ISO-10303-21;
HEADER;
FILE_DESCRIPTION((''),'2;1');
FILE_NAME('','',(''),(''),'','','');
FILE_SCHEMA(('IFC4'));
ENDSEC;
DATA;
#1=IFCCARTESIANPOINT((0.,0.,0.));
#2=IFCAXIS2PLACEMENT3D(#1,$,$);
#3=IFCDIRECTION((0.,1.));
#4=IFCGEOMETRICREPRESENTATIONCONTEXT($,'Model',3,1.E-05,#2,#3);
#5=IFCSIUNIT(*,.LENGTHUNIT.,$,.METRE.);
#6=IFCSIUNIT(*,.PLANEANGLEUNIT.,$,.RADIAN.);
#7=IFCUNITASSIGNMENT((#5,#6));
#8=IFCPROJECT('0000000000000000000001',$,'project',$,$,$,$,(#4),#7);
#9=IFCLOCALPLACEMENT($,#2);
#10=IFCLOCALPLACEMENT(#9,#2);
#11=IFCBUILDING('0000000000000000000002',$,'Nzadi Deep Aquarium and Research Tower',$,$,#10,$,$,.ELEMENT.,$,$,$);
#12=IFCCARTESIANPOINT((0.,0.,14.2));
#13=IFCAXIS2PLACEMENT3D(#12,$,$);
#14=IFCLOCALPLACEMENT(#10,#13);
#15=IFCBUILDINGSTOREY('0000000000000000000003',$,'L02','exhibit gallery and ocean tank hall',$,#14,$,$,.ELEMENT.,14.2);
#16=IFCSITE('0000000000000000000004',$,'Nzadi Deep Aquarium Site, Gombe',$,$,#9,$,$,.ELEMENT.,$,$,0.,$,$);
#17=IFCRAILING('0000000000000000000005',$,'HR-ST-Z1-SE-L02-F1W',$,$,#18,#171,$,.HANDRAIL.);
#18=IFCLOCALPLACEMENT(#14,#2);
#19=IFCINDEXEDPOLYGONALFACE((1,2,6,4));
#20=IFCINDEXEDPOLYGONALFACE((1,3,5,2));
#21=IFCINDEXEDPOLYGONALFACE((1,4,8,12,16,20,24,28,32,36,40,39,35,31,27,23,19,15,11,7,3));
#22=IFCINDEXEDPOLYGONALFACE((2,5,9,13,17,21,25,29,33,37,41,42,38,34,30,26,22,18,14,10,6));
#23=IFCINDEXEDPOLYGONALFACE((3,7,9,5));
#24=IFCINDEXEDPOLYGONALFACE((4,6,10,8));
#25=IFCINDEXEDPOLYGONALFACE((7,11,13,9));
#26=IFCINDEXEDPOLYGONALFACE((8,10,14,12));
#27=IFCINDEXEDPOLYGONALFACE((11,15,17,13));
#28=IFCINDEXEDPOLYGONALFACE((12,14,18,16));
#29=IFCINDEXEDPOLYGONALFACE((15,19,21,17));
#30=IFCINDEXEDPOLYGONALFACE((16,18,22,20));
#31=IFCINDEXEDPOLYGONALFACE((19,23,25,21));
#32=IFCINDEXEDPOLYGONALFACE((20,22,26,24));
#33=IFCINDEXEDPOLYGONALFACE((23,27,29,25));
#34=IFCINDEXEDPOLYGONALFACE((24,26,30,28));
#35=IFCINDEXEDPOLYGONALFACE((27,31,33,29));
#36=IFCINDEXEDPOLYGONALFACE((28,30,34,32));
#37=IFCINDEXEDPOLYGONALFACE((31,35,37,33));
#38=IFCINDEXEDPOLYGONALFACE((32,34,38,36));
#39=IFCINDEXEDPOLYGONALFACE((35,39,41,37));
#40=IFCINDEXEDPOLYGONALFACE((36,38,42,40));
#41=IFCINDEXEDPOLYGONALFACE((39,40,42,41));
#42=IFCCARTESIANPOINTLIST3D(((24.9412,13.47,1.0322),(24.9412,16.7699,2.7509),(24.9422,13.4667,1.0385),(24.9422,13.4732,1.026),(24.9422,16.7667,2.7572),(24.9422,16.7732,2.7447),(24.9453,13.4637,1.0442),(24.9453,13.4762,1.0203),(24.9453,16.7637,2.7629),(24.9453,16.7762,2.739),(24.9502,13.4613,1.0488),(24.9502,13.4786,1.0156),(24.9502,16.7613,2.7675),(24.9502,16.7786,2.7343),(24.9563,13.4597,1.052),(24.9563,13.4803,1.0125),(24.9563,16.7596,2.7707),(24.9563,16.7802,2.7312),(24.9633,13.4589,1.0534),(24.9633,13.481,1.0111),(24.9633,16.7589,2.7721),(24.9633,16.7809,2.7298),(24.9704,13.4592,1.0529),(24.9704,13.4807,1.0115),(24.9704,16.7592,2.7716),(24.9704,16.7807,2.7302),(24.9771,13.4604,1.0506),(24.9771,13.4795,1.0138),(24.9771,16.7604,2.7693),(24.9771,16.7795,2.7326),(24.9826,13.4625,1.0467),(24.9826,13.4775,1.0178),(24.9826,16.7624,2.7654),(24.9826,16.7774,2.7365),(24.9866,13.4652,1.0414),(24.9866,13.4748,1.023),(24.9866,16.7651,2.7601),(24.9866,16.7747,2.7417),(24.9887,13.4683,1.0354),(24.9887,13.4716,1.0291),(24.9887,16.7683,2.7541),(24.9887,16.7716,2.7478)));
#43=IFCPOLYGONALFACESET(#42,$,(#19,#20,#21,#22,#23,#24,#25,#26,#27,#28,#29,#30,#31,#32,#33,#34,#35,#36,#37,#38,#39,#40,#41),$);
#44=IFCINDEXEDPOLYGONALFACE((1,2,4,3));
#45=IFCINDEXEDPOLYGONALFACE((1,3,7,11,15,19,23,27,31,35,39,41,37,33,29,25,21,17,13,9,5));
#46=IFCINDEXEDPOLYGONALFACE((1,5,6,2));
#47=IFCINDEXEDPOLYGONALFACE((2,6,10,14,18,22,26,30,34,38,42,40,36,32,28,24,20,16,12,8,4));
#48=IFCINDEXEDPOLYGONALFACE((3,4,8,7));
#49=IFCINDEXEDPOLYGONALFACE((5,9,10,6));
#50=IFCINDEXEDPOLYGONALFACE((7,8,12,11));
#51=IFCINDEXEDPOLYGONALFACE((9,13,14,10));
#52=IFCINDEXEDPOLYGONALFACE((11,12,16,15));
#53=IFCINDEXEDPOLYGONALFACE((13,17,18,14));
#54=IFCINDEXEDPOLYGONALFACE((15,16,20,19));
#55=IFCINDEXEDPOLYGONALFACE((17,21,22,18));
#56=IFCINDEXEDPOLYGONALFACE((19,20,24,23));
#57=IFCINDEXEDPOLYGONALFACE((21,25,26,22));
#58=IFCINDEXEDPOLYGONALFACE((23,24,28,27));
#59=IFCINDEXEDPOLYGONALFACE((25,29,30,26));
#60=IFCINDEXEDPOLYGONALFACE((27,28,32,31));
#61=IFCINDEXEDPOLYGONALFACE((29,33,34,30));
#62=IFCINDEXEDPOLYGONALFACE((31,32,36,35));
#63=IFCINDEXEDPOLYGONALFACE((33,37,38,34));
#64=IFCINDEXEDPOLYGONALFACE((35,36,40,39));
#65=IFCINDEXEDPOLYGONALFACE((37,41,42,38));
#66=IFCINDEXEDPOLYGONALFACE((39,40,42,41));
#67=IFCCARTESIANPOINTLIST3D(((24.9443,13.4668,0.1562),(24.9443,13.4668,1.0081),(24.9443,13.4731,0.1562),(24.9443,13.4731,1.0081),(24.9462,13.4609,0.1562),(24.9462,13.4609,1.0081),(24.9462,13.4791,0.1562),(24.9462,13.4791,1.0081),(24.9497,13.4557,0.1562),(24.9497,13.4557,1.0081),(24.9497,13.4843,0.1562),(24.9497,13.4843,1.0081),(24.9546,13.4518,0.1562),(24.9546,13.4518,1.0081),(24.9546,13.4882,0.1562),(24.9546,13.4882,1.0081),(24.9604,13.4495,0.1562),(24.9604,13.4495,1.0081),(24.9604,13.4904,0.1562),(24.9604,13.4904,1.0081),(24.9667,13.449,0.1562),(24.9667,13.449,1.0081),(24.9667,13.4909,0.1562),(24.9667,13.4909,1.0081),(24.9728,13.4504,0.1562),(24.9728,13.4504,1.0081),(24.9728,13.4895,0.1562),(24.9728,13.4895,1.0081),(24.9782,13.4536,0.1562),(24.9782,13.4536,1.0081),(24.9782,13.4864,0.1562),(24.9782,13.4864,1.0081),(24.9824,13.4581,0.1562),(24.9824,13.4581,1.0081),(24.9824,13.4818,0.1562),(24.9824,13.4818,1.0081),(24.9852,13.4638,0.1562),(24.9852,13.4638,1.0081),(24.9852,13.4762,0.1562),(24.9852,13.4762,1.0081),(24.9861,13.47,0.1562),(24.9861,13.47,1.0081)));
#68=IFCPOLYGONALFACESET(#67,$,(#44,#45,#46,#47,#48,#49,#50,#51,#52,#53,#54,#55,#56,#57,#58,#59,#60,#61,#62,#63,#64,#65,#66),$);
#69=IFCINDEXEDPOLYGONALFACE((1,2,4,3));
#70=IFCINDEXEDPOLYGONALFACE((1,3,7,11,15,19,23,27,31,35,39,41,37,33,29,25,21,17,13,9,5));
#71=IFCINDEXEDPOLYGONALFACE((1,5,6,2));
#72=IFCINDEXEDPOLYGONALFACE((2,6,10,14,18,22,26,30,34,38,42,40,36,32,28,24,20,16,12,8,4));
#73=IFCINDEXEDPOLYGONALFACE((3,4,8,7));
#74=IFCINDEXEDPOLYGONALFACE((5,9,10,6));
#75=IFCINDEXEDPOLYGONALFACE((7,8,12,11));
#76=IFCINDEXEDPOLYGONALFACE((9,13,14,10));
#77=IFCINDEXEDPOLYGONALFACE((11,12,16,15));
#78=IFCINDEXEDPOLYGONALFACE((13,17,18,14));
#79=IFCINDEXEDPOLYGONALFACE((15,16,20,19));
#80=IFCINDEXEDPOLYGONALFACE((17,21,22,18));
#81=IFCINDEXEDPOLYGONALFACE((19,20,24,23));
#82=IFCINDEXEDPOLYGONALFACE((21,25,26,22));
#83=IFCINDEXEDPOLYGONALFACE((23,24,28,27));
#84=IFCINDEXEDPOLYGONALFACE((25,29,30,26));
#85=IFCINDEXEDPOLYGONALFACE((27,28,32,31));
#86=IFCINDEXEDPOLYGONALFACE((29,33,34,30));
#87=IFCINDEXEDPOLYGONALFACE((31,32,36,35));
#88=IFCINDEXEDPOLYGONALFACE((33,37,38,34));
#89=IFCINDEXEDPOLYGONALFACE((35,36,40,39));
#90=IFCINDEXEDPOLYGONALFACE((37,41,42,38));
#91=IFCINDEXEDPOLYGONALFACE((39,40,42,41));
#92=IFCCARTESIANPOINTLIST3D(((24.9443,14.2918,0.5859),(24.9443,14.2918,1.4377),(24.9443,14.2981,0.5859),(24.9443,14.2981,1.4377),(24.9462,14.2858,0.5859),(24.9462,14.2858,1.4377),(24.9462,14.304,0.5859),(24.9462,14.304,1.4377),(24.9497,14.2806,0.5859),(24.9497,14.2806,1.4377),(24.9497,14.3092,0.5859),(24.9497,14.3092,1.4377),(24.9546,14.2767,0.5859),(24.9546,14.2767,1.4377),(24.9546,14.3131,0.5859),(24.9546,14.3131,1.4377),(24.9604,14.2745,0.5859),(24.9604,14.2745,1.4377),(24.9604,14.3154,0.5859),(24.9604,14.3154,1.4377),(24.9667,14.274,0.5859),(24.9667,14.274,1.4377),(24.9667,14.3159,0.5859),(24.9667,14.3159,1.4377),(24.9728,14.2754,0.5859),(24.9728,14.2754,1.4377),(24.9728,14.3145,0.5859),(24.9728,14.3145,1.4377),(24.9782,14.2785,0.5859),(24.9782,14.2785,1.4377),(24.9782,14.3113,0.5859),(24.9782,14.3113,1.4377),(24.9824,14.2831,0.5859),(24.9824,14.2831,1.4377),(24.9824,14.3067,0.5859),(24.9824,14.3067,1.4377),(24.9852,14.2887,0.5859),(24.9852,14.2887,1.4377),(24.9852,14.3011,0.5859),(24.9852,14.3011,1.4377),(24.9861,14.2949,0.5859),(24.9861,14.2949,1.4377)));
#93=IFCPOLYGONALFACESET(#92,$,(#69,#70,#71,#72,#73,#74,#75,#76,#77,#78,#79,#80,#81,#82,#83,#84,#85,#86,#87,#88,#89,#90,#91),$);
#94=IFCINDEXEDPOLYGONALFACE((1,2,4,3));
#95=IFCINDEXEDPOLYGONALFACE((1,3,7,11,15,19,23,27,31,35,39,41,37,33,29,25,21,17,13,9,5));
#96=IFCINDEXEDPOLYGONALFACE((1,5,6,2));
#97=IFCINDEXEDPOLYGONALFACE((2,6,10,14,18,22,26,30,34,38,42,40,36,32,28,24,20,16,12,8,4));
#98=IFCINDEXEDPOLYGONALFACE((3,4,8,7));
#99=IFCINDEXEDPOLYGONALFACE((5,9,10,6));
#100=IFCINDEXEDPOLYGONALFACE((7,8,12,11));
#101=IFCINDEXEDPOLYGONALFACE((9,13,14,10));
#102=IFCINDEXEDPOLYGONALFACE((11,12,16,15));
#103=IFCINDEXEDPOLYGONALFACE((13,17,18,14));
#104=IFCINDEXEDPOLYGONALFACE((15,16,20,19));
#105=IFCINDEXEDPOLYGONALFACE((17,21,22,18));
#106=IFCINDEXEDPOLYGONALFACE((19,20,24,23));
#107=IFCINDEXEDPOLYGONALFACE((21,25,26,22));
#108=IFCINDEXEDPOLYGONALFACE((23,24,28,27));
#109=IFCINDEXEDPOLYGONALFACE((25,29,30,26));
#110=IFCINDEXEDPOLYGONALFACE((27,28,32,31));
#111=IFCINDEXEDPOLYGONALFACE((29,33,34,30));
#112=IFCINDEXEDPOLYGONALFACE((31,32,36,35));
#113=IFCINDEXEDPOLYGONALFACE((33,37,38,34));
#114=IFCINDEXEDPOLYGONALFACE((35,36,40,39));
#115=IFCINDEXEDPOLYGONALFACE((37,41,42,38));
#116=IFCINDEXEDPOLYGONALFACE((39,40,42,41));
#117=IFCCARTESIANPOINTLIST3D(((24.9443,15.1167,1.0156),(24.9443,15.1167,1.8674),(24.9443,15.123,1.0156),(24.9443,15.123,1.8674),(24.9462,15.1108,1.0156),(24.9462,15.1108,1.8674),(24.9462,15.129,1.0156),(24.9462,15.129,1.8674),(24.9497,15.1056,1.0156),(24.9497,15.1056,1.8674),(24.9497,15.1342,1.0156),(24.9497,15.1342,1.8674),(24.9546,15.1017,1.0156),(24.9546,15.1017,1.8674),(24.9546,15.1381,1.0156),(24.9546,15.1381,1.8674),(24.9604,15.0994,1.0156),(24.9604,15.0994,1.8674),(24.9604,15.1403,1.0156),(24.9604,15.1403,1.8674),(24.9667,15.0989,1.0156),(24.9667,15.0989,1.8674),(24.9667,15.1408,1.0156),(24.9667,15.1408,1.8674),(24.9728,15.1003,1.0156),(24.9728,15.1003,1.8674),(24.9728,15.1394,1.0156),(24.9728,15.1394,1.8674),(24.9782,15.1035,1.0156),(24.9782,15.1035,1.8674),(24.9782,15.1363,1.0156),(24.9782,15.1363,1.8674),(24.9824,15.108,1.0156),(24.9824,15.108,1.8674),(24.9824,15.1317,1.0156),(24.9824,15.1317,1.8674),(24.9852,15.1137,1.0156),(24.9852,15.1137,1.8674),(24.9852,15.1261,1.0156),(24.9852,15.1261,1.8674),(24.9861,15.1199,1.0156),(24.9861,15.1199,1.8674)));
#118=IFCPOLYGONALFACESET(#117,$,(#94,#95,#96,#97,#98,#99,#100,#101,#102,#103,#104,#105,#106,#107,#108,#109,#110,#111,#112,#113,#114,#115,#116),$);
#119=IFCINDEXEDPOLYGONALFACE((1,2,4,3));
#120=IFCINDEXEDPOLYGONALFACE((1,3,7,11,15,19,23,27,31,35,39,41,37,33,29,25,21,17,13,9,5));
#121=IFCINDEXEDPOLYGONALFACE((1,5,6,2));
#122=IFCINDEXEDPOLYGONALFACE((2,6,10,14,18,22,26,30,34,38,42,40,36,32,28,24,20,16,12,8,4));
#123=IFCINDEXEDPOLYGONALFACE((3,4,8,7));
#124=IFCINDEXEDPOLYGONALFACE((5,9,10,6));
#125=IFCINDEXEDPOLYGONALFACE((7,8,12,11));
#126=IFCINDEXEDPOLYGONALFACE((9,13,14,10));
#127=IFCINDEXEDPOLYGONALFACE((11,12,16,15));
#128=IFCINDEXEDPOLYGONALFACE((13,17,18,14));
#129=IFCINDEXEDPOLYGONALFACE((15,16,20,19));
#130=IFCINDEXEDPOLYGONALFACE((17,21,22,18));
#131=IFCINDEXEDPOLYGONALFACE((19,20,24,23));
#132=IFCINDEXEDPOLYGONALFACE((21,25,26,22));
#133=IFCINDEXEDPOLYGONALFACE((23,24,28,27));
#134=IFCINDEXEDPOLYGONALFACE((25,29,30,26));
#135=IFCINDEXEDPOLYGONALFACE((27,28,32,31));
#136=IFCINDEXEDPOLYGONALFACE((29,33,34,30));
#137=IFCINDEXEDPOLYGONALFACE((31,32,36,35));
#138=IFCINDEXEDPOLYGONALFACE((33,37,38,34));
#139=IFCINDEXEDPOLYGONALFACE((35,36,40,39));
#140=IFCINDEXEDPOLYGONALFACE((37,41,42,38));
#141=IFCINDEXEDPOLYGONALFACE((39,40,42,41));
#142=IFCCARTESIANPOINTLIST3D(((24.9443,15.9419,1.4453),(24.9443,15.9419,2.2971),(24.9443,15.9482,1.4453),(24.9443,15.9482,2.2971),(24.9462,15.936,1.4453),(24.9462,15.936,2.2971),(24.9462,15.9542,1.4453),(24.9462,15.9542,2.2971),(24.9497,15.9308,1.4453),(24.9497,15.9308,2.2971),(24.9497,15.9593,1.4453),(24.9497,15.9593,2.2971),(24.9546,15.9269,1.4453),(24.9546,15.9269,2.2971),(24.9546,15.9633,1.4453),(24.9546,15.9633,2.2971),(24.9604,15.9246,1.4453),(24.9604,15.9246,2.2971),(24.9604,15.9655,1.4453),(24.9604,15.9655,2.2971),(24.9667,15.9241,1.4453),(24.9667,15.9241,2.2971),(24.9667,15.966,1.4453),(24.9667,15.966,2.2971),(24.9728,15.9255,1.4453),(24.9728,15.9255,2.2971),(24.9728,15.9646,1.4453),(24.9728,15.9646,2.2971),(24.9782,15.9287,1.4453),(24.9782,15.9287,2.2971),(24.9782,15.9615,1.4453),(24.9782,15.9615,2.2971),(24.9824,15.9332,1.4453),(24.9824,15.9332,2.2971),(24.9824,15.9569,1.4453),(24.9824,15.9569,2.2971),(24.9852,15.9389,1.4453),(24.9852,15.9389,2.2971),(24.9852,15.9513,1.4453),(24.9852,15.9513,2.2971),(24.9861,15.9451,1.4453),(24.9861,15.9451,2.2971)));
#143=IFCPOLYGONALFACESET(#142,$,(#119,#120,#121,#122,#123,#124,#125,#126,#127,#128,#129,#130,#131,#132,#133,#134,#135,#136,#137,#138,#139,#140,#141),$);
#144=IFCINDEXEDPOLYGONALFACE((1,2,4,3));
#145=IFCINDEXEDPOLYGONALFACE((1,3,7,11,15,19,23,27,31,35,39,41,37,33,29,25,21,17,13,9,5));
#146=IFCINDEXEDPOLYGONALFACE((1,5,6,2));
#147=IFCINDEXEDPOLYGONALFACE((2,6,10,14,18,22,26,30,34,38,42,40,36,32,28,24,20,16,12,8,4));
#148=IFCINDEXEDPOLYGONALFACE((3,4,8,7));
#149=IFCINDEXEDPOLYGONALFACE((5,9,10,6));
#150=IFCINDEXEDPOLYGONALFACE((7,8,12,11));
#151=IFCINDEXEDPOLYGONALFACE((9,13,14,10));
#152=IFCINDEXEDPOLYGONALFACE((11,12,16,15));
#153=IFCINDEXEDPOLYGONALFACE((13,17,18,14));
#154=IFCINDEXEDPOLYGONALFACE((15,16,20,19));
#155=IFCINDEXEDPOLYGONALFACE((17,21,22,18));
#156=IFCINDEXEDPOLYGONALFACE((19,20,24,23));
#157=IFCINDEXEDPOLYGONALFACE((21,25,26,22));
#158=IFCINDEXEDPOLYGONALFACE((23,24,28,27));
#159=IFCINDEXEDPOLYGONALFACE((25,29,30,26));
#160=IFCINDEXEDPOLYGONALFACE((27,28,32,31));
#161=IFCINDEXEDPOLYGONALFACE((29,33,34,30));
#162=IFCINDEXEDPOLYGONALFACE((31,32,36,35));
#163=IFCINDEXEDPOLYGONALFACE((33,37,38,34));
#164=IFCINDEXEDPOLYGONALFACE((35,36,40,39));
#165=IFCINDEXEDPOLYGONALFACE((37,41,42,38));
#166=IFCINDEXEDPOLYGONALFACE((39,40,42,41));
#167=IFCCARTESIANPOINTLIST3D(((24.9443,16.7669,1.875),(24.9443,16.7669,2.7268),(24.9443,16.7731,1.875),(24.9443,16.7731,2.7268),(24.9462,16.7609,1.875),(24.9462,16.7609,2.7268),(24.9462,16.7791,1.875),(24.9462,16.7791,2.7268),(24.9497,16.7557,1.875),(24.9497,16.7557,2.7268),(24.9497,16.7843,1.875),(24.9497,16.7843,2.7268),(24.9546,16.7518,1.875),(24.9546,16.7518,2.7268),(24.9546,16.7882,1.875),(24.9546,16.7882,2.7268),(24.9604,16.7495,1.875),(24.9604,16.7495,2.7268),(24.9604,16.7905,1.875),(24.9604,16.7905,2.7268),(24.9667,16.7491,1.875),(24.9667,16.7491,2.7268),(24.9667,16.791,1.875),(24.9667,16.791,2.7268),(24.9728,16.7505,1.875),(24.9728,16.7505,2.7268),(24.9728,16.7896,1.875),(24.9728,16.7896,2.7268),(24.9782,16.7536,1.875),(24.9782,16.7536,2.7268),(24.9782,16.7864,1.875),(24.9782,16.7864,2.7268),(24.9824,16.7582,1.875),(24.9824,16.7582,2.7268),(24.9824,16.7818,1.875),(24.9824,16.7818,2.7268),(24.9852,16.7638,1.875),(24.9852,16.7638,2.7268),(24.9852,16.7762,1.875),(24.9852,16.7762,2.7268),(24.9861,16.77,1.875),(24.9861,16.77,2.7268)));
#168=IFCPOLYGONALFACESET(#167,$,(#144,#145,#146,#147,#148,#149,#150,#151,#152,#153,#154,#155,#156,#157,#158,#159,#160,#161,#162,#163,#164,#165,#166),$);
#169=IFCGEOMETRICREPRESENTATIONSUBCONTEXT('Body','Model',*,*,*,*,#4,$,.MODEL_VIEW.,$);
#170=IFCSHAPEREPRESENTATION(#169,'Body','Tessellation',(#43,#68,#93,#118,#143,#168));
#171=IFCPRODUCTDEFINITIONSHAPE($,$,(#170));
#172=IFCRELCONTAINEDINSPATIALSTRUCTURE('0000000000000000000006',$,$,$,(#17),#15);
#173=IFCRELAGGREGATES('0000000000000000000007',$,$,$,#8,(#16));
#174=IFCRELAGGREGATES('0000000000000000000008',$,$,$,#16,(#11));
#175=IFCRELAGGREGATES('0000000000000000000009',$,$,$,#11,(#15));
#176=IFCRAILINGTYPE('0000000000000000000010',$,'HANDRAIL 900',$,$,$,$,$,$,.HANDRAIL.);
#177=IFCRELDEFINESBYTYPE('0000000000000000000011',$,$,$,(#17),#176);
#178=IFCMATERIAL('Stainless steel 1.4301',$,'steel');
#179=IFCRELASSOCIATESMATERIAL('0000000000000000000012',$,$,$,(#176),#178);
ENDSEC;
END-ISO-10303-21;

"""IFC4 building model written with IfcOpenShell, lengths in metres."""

from ifc_helpers import new_model, si_unit, direction, frame, origin, origin_2d, place, context, subcontext, project, spatial, circle, extrude, material, type_object, element, save


model = new_model("IFC4")

# Units and contexts
model_context = context("Model", 3, precision=1e-05, world=origin(), true_north=direction((0.0, 1.0)))
body_context = subcontext(model_context, "Body", "Model", "MODEL_VIEW")
ifc_project = project(units=[si_unit("LENGTHUNIT", "METRE"), si_unit("PLANEANGLEUNIT", "RADIAN")], contexts=[model_context])

# Site, building, storey
site_placement = place(None, origin())
site = spatial("IfcSite", under=ifc_project, at=site_placement, Name="Nzadi Deep Aquarium Site, Gombe", CompositionType="ELEMENT", RefElevation=0.0)
building_placement = place(site_placement, origin())
building = spatial("IfcBuilding", under=site, at=building_placement, Name="Nzadi Deep Aquarium and Research Tower", CompositionType="ELEMENT")
storey_placement = place(building_placement, frame((0.0, 0.0, 14.2)))
storey = spatial("IfcBuildingStorey", under=building, at=storey_placement, Name="L02", Description="exhibit gallery and ocean tank hall", CompositionType="ELEMENT", Elevation=14.2)

# Railing
ifc_material_1 = material(Name="Stainless steel 1.4301", Category="steel")
railing_type = type_object("IfcRailingType", Name="HANDRAIL 900", PredefinedType="HANDRAIL", material=ifc_material_1)
railing_1_placement = place(storey_placement, frame((24.9651, 13.47, 0.1562)))
element("IfcRailing", 1, at=railing_1_placement, inside=storey, type_object=railing_type, Name="HR-ST-Z1-SE-L02-F1W", PredefinedType="HANDRAIL", context=body_context, shape_type="SweptSolid", body=[
    extrude(circle(Radius=0.0239, at=origin_2d()), frame((0.0, 0.0, 0.876), z_axis=(0.0, 0.886917, 0.461929), x_axis=(-1.0, 0.0, 0.0)), (0.0, 0.0, 1.0), 3.7207),
    extrude(circle(Radius=0.021, at=origin_2d()), origin(), (0.0, 0.0, 1.0), 0.8518),
    extrude(circle(Radius=0.021, at=origin_2d()), frame((0.0, 0.825, 0.4297)), (0.0, 0.0, 1.0), 0.8518),
    extrude(circle(Radius=0.021, at=origin_2d()), frame((0.0, 1.6499, 0.8594)), (0.0, 0.0, 1.0), 0.8518),
    extrude(circle(Radius=0.021, at=origin_2d()), frame((0.0, 2.4751, 1.2891)), (0.0, 0.0, 1.0), 0.8518),
    extrude(circle(Radius=0.021, at=origin_2d()), frame((0.0, 3.3, 1.7188)), (0.0, 0.0, 1.0), 0.8518),
])

save(model, "model.ifc")
